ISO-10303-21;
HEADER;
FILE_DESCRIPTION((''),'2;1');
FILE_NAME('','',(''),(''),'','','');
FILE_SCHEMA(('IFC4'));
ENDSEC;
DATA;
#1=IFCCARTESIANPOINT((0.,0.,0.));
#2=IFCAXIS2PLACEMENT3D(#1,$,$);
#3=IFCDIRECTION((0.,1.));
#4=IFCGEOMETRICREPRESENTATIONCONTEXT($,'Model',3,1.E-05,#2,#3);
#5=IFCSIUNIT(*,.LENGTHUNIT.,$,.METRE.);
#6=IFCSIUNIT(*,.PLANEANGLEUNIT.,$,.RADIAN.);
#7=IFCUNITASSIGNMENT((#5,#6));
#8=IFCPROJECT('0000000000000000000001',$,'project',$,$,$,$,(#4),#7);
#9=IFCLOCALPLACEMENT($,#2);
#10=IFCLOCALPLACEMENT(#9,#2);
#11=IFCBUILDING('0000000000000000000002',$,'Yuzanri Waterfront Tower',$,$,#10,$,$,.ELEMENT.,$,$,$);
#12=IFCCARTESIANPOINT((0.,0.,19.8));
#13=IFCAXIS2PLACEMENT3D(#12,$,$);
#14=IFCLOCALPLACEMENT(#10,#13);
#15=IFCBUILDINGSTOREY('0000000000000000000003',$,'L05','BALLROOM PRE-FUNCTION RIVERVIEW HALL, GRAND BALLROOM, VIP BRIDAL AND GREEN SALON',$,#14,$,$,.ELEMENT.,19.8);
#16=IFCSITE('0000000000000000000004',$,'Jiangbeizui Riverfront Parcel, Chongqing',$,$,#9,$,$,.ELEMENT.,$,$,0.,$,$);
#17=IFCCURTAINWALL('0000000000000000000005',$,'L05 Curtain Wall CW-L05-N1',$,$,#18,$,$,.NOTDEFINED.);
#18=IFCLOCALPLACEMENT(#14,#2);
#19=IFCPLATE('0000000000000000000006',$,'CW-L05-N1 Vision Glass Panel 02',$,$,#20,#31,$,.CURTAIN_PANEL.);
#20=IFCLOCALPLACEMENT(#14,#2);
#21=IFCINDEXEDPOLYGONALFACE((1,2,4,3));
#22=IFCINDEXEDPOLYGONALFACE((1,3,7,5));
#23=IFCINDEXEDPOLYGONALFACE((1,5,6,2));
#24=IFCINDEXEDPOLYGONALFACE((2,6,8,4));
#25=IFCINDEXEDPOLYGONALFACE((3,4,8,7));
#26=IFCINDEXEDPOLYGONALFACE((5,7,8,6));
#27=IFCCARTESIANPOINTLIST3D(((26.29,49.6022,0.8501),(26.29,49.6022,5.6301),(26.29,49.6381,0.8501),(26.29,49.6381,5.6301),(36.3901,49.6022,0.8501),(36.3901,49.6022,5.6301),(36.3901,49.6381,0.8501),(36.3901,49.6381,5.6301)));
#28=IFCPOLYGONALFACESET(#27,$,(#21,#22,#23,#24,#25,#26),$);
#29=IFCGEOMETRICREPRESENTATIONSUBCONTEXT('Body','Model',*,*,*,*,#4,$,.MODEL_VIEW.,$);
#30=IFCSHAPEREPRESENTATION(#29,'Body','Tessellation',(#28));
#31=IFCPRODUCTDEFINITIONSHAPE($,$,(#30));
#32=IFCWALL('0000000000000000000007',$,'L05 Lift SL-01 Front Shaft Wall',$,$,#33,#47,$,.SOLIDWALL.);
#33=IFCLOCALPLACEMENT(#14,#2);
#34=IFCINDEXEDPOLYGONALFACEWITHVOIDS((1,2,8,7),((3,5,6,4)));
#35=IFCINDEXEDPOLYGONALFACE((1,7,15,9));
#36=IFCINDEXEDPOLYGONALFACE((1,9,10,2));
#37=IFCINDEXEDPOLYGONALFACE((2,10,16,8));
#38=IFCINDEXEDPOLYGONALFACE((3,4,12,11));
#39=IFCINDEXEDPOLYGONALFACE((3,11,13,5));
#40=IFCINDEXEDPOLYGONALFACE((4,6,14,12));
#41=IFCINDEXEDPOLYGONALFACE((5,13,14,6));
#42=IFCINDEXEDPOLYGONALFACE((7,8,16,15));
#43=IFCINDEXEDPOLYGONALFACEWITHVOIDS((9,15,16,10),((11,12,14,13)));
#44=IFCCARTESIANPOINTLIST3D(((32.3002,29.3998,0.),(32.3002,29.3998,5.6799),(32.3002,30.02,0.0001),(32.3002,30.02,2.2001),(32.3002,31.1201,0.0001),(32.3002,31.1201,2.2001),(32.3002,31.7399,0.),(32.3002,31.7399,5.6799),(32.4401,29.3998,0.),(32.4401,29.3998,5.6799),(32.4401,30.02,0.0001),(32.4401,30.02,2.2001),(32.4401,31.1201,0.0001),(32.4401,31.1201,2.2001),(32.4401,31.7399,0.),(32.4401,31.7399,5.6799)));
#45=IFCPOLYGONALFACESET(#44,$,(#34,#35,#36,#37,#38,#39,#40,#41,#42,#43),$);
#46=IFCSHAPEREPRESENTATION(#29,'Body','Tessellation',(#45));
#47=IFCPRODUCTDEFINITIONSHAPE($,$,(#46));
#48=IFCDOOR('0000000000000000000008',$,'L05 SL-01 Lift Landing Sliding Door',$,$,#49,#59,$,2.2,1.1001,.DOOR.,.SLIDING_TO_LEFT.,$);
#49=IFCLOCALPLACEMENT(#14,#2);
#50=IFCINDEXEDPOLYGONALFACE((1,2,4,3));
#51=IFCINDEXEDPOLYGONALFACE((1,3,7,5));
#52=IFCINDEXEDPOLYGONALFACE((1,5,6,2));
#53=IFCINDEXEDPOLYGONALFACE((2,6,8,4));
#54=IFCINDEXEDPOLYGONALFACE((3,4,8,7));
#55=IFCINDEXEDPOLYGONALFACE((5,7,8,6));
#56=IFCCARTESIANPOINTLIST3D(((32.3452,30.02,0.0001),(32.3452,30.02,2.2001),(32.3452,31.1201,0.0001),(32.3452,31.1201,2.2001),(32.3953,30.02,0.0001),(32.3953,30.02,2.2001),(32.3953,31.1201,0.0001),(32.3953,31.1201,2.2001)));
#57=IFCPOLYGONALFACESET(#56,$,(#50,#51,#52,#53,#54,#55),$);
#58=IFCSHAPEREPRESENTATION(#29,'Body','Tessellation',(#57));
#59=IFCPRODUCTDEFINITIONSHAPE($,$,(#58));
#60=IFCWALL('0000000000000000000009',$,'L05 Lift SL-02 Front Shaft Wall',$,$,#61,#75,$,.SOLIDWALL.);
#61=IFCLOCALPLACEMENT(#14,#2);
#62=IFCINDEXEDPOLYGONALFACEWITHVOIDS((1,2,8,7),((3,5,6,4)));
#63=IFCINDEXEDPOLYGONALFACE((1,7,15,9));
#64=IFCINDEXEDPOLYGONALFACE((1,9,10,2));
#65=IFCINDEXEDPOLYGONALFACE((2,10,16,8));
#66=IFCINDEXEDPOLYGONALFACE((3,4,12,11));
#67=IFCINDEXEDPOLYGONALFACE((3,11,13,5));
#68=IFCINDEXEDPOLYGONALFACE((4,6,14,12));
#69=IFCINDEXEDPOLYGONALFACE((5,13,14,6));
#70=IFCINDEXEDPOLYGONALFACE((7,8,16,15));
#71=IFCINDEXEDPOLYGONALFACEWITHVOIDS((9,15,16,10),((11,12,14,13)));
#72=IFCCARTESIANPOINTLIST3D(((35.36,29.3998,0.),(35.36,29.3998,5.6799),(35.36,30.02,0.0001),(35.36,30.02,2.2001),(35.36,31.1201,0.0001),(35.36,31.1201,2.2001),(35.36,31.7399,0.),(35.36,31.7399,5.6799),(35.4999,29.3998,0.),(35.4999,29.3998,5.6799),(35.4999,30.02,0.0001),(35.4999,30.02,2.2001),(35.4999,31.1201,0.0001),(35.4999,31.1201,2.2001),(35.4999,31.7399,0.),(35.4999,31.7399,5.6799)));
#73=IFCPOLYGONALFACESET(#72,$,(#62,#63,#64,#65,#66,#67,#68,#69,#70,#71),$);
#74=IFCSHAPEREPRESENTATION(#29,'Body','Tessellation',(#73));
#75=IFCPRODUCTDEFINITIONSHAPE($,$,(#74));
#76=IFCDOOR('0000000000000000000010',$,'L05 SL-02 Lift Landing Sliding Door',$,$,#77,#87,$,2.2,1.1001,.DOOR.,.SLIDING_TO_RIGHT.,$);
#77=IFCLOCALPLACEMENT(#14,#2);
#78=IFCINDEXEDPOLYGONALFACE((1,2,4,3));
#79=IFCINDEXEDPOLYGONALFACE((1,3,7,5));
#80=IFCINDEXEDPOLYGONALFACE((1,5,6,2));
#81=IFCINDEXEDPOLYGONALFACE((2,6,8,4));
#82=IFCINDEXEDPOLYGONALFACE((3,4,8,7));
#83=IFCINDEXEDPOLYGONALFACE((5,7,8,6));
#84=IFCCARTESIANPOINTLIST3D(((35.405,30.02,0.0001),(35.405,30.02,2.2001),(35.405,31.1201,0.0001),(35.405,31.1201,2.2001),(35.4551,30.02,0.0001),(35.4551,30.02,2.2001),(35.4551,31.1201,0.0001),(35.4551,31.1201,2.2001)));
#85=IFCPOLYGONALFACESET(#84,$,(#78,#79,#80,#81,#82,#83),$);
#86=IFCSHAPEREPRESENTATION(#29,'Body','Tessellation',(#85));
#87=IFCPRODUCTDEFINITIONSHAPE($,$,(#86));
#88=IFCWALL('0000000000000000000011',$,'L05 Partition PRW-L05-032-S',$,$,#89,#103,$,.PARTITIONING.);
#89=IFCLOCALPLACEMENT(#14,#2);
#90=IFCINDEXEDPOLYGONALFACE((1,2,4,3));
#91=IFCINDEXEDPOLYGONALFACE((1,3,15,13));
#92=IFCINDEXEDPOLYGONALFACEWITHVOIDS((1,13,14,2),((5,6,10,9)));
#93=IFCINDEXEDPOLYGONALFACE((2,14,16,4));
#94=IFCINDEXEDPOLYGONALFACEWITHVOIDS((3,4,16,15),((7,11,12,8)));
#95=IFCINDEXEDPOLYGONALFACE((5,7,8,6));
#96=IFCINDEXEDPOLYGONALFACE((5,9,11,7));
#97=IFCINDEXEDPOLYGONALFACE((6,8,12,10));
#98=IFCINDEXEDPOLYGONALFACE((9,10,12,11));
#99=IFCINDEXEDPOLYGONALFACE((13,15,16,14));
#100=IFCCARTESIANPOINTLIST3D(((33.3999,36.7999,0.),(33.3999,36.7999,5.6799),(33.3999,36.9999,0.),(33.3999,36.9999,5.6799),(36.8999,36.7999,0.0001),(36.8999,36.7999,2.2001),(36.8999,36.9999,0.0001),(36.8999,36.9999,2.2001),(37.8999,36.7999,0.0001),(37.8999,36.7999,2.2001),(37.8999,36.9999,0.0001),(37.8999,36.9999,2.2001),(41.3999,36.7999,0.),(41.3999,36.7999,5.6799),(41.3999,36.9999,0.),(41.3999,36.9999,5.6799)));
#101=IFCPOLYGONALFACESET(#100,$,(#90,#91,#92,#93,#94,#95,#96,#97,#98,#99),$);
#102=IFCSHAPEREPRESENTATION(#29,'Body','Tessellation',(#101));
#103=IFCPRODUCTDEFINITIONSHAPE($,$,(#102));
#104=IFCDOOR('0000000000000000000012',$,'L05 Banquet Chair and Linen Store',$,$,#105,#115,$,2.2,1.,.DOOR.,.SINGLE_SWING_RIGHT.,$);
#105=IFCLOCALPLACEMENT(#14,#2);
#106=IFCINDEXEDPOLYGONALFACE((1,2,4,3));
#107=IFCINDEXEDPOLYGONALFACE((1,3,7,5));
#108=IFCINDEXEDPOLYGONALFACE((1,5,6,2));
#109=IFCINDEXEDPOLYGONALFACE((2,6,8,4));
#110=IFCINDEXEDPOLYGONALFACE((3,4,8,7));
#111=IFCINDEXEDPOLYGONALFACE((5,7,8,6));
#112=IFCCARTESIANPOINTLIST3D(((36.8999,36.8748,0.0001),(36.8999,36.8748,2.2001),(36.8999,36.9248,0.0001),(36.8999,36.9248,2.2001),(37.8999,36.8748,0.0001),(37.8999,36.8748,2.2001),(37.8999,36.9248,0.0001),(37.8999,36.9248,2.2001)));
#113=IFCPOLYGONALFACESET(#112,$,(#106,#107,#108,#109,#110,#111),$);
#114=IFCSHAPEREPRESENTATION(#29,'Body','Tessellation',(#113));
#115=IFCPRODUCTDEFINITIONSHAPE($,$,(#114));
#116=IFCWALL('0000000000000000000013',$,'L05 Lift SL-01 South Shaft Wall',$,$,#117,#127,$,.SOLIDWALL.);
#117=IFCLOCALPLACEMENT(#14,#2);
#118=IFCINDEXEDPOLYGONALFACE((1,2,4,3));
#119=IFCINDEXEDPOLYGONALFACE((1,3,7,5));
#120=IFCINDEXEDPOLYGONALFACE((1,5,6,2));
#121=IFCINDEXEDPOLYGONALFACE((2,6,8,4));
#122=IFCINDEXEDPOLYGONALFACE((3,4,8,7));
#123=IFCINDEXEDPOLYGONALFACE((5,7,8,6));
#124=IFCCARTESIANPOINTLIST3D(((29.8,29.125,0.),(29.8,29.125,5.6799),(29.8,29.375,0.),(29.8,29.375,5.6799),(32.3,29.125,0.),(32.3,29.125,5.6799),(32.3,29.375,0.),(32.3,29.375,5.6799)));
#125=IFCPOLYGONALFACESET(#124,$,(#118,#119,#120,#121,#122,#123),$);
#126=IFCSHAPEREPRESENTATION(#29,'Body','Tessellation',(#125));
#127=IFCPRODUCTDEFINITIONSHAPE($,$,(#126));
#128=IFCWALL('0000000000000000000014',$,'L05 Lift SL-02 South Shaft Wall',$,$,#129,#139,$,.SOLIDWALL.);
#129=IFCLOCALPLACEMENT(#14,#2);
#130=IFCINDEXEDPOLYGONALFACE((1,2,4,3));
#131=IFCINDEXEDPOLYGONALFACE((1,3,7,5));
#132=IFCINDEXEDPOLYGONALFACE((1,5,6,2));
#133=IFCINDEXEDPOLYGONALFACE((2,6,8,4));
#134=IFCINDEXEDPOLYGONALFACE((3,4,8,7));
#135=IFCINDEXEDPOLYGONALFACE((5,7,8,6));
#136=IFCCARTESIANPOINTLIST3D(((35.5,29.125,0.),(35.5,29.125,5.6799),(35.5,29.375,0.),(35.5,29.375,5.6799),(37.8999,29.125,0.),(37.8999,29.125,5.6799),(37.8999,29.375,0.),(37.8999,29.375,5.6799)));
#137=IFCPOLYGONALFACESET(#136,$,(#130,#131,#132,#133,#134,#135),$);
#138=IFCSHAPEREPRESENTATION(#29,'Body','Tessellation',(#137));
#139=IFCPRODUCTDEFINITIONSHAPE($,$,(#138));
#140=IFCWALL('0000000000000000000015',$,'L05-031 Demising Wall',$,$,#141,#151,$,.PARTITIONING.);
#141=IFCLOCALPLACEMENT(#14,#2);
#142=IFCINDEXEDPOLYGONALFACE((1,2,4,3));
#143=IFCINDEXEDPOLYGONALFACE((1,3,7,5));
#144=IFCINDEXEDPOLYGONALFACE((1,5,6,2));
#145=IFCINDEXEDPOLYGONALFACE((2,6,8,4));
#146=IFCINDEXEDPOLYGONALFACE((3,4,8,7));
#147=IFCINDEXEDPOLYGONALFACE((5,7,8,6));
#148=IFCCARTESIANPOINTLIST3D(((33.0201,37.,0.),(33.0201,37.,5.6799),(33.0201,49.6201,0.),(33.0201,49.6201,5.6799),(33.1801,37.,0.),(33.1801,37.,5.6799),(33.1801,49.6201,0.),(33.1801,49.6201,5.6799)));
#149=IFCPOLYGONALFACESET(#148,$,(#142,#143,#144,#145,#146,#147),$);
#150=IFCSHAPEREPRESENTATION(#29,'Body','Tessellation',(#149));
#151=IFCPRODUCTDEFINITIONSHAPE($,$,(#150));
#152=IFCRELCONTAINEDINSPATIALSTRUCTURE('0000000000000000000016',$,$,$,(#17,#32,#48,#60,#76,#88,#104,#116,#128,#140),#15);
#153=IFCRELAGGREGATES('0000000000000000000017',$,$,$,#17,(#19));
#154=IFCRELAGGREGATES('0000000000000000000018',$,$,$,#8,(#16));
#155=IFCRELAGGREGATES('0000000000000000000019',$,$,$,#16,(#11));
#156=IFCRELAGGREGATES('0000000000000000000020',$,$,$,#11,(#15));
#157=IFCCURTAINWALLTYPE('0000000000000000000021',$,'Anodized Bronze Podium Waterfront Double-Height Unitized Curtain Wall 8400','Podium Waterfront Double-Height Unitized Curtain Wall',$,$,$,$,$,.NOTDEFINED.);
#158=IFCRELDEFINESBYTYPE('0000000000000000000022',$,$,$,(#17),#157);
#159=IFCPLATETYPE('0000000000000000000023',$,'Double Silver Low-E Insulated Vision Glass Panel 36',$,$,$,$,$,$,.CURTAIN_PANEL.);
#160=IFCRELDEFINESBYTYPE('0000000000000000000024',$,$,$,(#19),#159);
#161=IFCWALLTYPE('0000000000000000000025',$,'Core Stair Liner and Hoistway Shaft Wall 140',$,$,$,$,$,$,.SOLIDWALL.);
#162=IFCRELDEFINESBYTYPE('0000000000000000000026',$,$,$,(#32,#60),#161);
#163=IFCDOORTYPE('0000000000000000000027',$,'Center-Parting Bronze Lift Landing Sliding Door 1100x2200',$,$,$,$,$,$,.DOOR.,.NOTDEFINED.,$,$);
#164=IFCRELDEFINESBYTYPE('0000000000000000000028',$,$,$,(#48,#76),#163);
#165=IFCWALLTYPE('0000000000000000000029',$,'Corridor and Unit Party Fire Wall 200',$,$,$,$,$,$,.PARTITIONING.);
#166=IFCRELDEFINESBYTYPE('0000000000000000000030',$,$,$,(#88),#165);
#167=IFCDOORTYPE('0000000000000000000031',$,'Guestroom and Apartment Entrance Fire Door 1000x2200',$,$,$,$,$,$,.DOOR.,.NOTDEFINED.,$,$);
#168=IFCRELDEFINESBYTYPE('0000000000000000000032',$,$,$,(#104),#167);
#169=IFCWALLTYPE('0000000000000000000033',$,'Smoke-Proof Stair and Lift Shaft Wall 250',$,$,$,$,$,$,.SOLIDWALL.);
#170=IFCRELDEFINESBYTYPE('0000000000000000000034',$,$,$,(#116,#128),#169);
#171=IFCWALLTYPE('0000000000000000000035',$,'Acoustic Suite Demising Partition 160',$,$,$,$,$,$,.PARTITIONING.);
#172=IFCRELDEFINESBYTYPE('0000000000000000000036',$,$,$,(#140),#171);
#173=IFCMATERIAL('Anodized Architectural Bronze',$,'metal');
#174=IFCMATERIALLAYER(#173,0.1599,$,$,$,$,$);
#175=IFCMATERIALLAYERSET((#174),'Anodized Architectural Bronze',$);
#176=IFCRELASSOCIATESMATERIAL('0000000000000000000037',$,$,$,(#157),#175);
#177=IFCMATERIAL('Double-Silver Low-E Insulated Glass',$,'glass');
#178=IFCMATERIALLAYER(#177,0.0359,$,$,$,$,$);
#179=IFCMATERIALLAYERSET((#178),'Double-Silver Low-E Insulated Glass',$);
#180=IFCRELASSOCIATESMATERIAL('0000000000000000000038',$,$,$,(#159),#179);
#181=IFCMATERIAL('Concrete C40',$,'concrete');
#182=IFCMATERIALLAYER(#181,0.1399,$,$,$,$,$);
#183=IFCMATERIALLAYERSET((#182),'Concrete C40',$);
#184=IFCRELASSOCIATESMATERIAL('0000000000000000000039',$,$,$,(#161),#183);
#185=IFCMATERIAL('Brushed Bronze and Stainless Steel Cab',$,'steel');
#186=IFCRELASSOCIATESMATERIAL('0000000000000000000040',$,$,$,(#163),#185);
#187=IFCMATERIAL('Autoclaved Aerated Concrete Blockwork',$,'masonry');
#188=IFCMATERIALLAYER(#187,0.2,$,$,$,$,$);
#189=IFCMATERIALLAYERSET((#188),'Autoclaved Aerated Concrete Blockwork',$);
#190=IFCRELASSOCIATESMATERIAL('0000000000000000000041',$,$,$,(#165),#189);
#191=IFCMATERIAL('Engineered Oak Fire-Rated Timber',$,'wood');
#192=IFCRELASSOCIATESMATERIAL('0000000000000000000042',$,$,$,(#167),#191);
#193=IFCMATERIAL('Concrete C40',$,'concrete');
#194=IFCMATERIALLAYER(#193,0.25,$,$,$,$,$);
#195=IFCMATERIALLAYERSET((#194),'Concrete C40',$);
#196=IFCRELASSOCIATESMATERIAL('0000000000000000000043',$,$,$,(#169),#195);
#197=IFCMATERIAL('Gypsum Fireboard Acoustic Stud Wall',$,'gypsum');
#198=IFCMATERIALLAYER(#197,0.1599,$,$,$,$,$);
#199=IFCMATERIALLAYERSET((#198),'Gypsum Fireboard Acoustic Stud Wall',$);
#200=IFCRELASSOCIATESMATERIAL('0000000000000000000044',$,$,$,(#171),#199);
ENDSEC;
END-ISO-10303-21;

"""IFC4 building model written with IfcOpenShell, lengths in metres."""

from ifc_helpers import new_model, si_unit, direction, frame, frame_2d, origin, origin_2d, place, context, subcontext, project, spatial, rectangle, extrude, source, transform, mapped, material, layer, layer_set, type_object, element, fill, aggregate, save


model = new_model("IFC4")

# Units and contexts
model_context = context("Model", 3, precision=1e-05, world=origin(), true_north=direction((0.0, 1.0)))
body_context = subcontext(model_context, "Body", "Model", "MODEL_VIEW")
ifc_project = project(units=[si_unit("LENGTHUNIT", "METRE"), si_unit("PLANEANGLEUNIT", "RADIAN")], contexts=[model_context])

# Site, building, storey
site_placement = place(None, origin())
site = spatial("IfcSite", under=ifc_project, at=site_placement, Name="Jiangbeizui Riverfront Parcel, Chongqing", CompositionType="ELEMENT", RefElevation=0.0)
building_placement = place(site_placement, origin())
building = spatial("IfcBuilding", under=site, at=building_placement, Name="Yuzanri Waterfront Tower", CompositionType="ELEMENT")
storey_placement = place(building_placement, frame((0.0, 0.0, 19.8)))
storey = spatial("IfcBuildingStorey", under=building, at=storey_placement, Name="L05", Description="BALLROOM PRE-FUNCTION RIVERVIEW HALL, GRAND BALLROOM, VIP BRIDAL AND GREEN SALON", CompositionType="ELEMENT", Elevation=19.8)

# Curtain wall
ifc_material_1 = material(Name="Anodized Architectural Bronze", Category="metal")
ifc_layer_1 = layer(ifc_material_1, 0.1599)
ifc_layer_set_1 = layer_set([ifc_layer_1], Name="Anodized Architectural Bronze")
curtain_wall_type = type_object("IfcCurtainWallType", Name="Anodized Bronze Podium Waterfront Double-Height Unitized Curtain Wall 8400", Description="Podium Waterfront Double-Height Unitized Curtain Wall", PredefinedType="NOTDEFINED", material=ifc_layer_set_1)
curtain_wall_placement = place(storey_placement, origin())
curtain_wall = element("IfcCurtainWall", 1, at=curtain_wall_placement, inside=storey, type_object=curtain_wall_type, Name="L05 Curtain Wall CW-L05-N1", PredefinedType="NOTDEFINED")

# Plate
ifc_material_2 = material(Name="Double-Silver Low-E Insulated Glass", Category="glass")
ifc_layer_2 = layer(ifc_material_2, 0.0359)
ifc_layer_set_2 = layer_set([ifc_layer_2], Name="Double-Silver Low-E Insulated Glass")
plate_type_1 = type_object("IfcPlateType", Name="Double Silver Low-E Insulated Vision Glass Panel 36", PredefinedType="CURTAIN_PANEL", material=ifc_layer_set_2)
shared_shape_1 = source(origin(), body_context, "Body", "SweptSolid", [
    extrude(rectangle(XDim=10.1001, YDim=0.0359, at=origin_2d()), origin(), (0.0, 0.0, 1.0), 4.78),
])
plate_1_placement = place(storey_placement, frame((31.3401, 49.6201, 0.8501), z_axis=(0.0, 0.0, 1.0), x_axis=(1.0, 0.0, 0.0)))
plate_1 = element("IfcPlate", 2, at=plate_1_placement, type_object=plate_type_1, Name="CW-L05-N1 Vision Glass Panel 02", PredefinedType="CURTAIN_PANEL", context=body_context, shape_type="MappedRepresentation", body=[
    mapped(shared_shape_1, transform((0.0, 0.0, 0.0), scale=1.0)),
])
aggregate(curtain_wall, [plate_1])

# Walls, openings, doors
ifc_material_3 = material(Name="Concrete C40", Category="concrete")
ifc_layer_3 = layer(ifc_material_3, 0.1399)
ifc_layer_set_3 = layer_set([ifc_layer_3], Name="Concrete C40")
wall_type_1 = type_object("IfcWallType", Name="Core Stair Liner and Hoistway Shaft Wall 140", PredefinedType="SOLIDWALL", material=ifc_layer_set_3)
wall_1_placement = place(storey_placement, frame((32.3701, 29.3999, 0.0), z_axis=(0.0, 0.0, 1.0), x_axis=(0.0, 1.0, 0.0)))
wall_1 = element("IfcWall", 3, at=wall_1_placement, inside=storey, type_object=wall_type_1, Name="L05 Lift SL-01 Front Shaft Wall", PredefinedType="SOLIDWALL", context=body_context, shape_type="SweptSolid", body=[
    extrude(rectangle(XDim=2.3401, YDim=0.1399, at=frame_2d((1.1699, 0.0))), origin(), (0.0, 0.0, 1.0), 5.6799),
])
opening_1_placement = place(wall_1_placement, frame((0.6201, 0.0, 0.0)))
opening_1 = element("IfcOpeningElement", 4, at=opening_1_placement, cuts=wall_1, PredefinedType="OPENING", context=body_context, shape_type="SweptSolid", body=[
    extrude(rectangle(XDim=1.1001, YDim=2.2, at=frame_2d((0.55, 1.1001))), frame((0.0, 0.085, 0.0), z_axis=(0.0, -1.0, 0.0), x_axis=(1.0, 0.0, 0.0)), (0.0, 0.0, 1.0), 0.1697),
])
ifc_material_4 = material(Name="Brushed Bronze and Stainless Steel Cab", Category="steel")
door_type_1 = type_object("IfcDoorType", Name="Center-Parting Bronze Lift Landing Sliding Door 1100x2200", OperationType="NOTDEFINED", PredefinedType="DOOR", material=ifc_material_4)
shared_shape_2 = source(origin(), body_context, "Body", "SweptSolid", [
    extrude(rectangle(XDim=1.1001, YDim=2.2, at=frame_2d((0.55, 1.1001))), frame((0.0, 0.0249, 0.0), z_axis=(0.0, -1.0, 0.0), x_axis=(1.0, 0.0, 0.0)), (0.0, 0.0, 1.0), 0.05),
])
door_1_placement = place(opening_1_placement, origin())
door_1 = element("IfcDoor", 5, at=door_1_placement, inside=storey, type_object=door_type_1, Name="L05 SL-01 Lift Landing Sliding Door", OperationType="SLIDING_TO_LEFT", OverallHeight=2.2, OverallWidth=1.1001, PredefinedType="DOOR", context=body_context, shape_type="MappedRepresentation", body=[
    mapped(shared_shape_2, transform((0.0, 0.0, 0.0), scale=1.0)),
])
fill(opening_1, door_1)
wall_2_placement = place(storey_placement, frame((35.4299, 29.3999, 0.0), z_axis=(0.0, 0.0, 1.0), x_axis=(0.0, 1.0, 0.0)))
wall_2 = element("IfcWall", 6, at=wall_2_placement, inside=storey, type_object=wall_type_1, Name="L05 Lift SL-02 Front Shaft Wall", PredefinedType="SOLIDWALL", context=body_context, shape_type="SweptSolid", body=[
    extrude(rectangle(XDim=2.3401, YDim=0.1399, at=frame_2d((1.1699, 0.0))), origin(), (0.0, 0.0, 1.0), 5.6799),
])
opening_2_placement = place(wall_2_placement, frame((0.6201, 0.0, 0.0)))
opening_2 = element("IfcOpeningElement", 7, at=opening_2_placement, cuts=wall_2, PredefinedType="OPENING", context=body_context, shape_type="SweptSolid", body=[
    extrude(rectangle(XDim=1.1001, YDim=2.2, at=frame_2d((0.55, 1.1001))), frame((0.0, 0.085, 0.0), z_axis=(0.0, -1.0, 0.0), x_axis=(1.0, 0.0, 0.0)), (0.0, 0.0, 1.0), 0.1697),
])
door_2_placement = place(opening_2_placement, origin())
door_2 = element("IfcDoor", 8, at=door_2_placement, inside=storey, type_object=door_type_1, Name="L05 SL-02 Lift Landing Sliding Door", OperationType="SLIDING_TO_RIGHT", OverallHeight=2.2, OverallWidth=1.1001, PredefinedType="DOOR", context=body_context, shape_type="MappedRepresentation", body=[
    mapped(shared_shape_2, transform((0.0, 0.0, 0.0), scale=1.0)),
])
fill(opening_2, door_2)
ifc_material_5 = material(Name="Autoclaved Aerated Concrete Blockwork", Category="masonry")
ifc_layer_4 = layer(ifc_material_5, 0.2)
ifc_layer_set_4 = layer_set([ifc_layer_4], Name="Autoclaved Aerated Concrete Blockwork")
wall_type_2 = type_object("IfcWallType", Name="Corridor and Unit Party Fire Wall 200", PredefinedType="PARTITIONING", material=ifc_layer_set_4)
wall_3_placement = place(storey_placement, frame((33.3999, 36.8999, 0.0), z_axis=(0.0, 0.0, 1.0), x_axis=(1.0, 0.0, 0.0)))
wall_3 = element("IfcWall", 9, at=wall_3_placement, inside=storey, type_object=wall_type_2, Name="L05 Partition PRW-L05-032-S", PredefinedType="PARTITIONING", context=body_context, shape_type="SweptSolid", body=[
    extrude(rectangle(XDim=8.0, YDim=0.2, at=frame_2d((4.0, 0.0))), origin(), (0.0, 0.0, 1.0), 5.6799),
])
opening_3_placement = place(wall_3_placement, frame((3.5, 0.0, 0.0)))
opening_3 = element("IfcOpeningElement", 10, at=opening_3_placement, cuts=wall_3, PredefinedType="OPENING", context=body_context, shape_type="SweptSolid", body=[
    extrude(rectangle(XDim=1.0, YDim=2.2, at=frame_2d((0.5, 1.1001))), frame((0.0, 0.1147, 0.0), z_axis=(0.0, -1.0, 0.0), x_axis=(1.0, 0.0, 0.0)), (0.0, 0.0, 1.0), 0.2297),
])
ifc_material_6 = material(Name="Engineered Oak Fire-Rated Timber", Category="wood")
door_type_2 = type_object("IfcDoorType", Name="Guestroom and Apartment Entrance Fire Door 1000x2200", OperationType="NOTDEFINED", PredefinedType="DOOR", material=ifc_material_6)
shared_shape_3 = source(origin(), body_context, "Body", "SweptSolid", [
    extrude(rectangle(XDim=1.0, YDim=2.2, at=frame_2d((0.5, 1.1001))), frame((0.0, 0.0249, 0.0), z_axis=(0.0, -1.0, 0.0), x_axis=(1.0, 0.0, 0.0)), (0.0, 0.0, 1.0), 0.05),
])
door_3_placement = place(opening_3_placement, origin())
door_3 = element("IfcDoor", 11, at=door_3_placement, inside=storey, type_object=door_type_2, Name="L05 Banquet Chair and Linen Store", OperationType="SINGLE_SWING_RIGHT", OverallHeight=2.2, OverallWidth=1.0, PredefinedType="DOOR", context=body_context, shape_type="MappedRepresentation", body=[
    mapped(shared_shape_3, transform((0.0, 0.0, 0.0), scale=1.0)),
])
fill(opening_3, door_3)

# Walls
ifc_material_7 = material(Name="Concrete C40", Category="concrete")
ifc_layer_5 = layer(ifc_material_7, 0.25)
ifc_layer_set_5 = layer_set([ifc_layer_5], Name="Concrete C40")
wall_type_3 = type_object("IfcWallType", Name="Smoke-Proof Stair and Lift Shaft Wall 250", PredefinedType="SOLIDWALL", material=ifc_layer_set_5)
shared_shape_4 = source(origin(), body_context, "Body", "SweptSolid", [
    extrude(rectangle(XDim=2.5, YDim=0.25, at=frame_2d((1.25, 0.0))), origin(), (0.0, 0.0, 1.0), 5.6799),
])
wall_4_placement = place(storey_placement, frame((29.8, 29.25, 0.0), z_axis=(0.0, 0.0, 1.0), x_axis=(1.0, 0.0, 0.0)))
element("IfcWall", 12, at=wall_4_placement, inside=storey, type_object=wall_type_3, Name="L05 Lift SL-01 South Shaft Wall", PredefinedType="SOLIDWALL", context=body_context, shape_type="MappedRepresentation", body=[
    mapped(shared_shape_4, transform((0.0, 0.0, 0.0), scale=1.0)),
])
shared_shape_5 = source(origin(), body_context, "Body", "SweptSolid", [
    extrude(rectangle(XDim=2.3999, YDim=0.25, at=frame_2d((1.2, 0.0))), origin(), (0.0, 0.0, 1.0), 5.6799),
])
wall_5_placement = place(storey_placement, frame((35.5, 29.25, 0.0), z_axis=(0.0, 0.0, 1.0), x_axis=(1.0, 0.0, 0.0)))
element("IfcWall", 13, at=wall_5_placement, inside=storey, type_object=wall_type_3, Name="L05 Lift SL-02 South Shaft Wall", PredefinedType="SOLIDWALL", context=body_context, shape_type="MappedRepresentation", body=[
    mapped(shared_shape_5, transform((0.0, 0.0, 0.0), scale=1.0)),
])
ifc_material_8 = material(Name="Gypsum Fireboard Acoustic Stud Wall", Category="gypsum")
ifc_layer_6 = layer(ifc_material_8, 0.1599)
ifc_layer_set_6 = layer_set([ifc_layer_6], Name="Gypsum Fireboard Acoustic Stud Wall")
wall_type_4 = type_object("IfcWallType", Name="Acoustic Suite Demising Partition 160", PredefinedType="PARTITIONING", material=ifc_layer_set_6)
shared_shape_6 = source(origin(), body_context, "Body", "SweptSolid", [
    extrude(rectangle(XDim=12.6201, YDim=0.1599, at=frame_2d((6.3101, 0.0))), origin(), (0.0, 0.0, 1.0), 5.6799),
])
wall_6_placement = place(storey_placement, frame((33.1001, 37.0, 0.0), z_axis=(0.0, 0.0, 1.0), x_axis=(0.0, 1.0, 0.0)))
element("IfcWall", 14, at=wall_6_placement, inside=storey, type_object=wall_type_4, Name="L05-031 Demising Wall", PredefinedType="PARTITIONING", context=body_context, shape_type="MappedRepresentation", body=[
    mapped(shared_shape_6, transform((0.0, 0.0, 0.0), scale=1.0)),
])

save(model, "model.ifc")
